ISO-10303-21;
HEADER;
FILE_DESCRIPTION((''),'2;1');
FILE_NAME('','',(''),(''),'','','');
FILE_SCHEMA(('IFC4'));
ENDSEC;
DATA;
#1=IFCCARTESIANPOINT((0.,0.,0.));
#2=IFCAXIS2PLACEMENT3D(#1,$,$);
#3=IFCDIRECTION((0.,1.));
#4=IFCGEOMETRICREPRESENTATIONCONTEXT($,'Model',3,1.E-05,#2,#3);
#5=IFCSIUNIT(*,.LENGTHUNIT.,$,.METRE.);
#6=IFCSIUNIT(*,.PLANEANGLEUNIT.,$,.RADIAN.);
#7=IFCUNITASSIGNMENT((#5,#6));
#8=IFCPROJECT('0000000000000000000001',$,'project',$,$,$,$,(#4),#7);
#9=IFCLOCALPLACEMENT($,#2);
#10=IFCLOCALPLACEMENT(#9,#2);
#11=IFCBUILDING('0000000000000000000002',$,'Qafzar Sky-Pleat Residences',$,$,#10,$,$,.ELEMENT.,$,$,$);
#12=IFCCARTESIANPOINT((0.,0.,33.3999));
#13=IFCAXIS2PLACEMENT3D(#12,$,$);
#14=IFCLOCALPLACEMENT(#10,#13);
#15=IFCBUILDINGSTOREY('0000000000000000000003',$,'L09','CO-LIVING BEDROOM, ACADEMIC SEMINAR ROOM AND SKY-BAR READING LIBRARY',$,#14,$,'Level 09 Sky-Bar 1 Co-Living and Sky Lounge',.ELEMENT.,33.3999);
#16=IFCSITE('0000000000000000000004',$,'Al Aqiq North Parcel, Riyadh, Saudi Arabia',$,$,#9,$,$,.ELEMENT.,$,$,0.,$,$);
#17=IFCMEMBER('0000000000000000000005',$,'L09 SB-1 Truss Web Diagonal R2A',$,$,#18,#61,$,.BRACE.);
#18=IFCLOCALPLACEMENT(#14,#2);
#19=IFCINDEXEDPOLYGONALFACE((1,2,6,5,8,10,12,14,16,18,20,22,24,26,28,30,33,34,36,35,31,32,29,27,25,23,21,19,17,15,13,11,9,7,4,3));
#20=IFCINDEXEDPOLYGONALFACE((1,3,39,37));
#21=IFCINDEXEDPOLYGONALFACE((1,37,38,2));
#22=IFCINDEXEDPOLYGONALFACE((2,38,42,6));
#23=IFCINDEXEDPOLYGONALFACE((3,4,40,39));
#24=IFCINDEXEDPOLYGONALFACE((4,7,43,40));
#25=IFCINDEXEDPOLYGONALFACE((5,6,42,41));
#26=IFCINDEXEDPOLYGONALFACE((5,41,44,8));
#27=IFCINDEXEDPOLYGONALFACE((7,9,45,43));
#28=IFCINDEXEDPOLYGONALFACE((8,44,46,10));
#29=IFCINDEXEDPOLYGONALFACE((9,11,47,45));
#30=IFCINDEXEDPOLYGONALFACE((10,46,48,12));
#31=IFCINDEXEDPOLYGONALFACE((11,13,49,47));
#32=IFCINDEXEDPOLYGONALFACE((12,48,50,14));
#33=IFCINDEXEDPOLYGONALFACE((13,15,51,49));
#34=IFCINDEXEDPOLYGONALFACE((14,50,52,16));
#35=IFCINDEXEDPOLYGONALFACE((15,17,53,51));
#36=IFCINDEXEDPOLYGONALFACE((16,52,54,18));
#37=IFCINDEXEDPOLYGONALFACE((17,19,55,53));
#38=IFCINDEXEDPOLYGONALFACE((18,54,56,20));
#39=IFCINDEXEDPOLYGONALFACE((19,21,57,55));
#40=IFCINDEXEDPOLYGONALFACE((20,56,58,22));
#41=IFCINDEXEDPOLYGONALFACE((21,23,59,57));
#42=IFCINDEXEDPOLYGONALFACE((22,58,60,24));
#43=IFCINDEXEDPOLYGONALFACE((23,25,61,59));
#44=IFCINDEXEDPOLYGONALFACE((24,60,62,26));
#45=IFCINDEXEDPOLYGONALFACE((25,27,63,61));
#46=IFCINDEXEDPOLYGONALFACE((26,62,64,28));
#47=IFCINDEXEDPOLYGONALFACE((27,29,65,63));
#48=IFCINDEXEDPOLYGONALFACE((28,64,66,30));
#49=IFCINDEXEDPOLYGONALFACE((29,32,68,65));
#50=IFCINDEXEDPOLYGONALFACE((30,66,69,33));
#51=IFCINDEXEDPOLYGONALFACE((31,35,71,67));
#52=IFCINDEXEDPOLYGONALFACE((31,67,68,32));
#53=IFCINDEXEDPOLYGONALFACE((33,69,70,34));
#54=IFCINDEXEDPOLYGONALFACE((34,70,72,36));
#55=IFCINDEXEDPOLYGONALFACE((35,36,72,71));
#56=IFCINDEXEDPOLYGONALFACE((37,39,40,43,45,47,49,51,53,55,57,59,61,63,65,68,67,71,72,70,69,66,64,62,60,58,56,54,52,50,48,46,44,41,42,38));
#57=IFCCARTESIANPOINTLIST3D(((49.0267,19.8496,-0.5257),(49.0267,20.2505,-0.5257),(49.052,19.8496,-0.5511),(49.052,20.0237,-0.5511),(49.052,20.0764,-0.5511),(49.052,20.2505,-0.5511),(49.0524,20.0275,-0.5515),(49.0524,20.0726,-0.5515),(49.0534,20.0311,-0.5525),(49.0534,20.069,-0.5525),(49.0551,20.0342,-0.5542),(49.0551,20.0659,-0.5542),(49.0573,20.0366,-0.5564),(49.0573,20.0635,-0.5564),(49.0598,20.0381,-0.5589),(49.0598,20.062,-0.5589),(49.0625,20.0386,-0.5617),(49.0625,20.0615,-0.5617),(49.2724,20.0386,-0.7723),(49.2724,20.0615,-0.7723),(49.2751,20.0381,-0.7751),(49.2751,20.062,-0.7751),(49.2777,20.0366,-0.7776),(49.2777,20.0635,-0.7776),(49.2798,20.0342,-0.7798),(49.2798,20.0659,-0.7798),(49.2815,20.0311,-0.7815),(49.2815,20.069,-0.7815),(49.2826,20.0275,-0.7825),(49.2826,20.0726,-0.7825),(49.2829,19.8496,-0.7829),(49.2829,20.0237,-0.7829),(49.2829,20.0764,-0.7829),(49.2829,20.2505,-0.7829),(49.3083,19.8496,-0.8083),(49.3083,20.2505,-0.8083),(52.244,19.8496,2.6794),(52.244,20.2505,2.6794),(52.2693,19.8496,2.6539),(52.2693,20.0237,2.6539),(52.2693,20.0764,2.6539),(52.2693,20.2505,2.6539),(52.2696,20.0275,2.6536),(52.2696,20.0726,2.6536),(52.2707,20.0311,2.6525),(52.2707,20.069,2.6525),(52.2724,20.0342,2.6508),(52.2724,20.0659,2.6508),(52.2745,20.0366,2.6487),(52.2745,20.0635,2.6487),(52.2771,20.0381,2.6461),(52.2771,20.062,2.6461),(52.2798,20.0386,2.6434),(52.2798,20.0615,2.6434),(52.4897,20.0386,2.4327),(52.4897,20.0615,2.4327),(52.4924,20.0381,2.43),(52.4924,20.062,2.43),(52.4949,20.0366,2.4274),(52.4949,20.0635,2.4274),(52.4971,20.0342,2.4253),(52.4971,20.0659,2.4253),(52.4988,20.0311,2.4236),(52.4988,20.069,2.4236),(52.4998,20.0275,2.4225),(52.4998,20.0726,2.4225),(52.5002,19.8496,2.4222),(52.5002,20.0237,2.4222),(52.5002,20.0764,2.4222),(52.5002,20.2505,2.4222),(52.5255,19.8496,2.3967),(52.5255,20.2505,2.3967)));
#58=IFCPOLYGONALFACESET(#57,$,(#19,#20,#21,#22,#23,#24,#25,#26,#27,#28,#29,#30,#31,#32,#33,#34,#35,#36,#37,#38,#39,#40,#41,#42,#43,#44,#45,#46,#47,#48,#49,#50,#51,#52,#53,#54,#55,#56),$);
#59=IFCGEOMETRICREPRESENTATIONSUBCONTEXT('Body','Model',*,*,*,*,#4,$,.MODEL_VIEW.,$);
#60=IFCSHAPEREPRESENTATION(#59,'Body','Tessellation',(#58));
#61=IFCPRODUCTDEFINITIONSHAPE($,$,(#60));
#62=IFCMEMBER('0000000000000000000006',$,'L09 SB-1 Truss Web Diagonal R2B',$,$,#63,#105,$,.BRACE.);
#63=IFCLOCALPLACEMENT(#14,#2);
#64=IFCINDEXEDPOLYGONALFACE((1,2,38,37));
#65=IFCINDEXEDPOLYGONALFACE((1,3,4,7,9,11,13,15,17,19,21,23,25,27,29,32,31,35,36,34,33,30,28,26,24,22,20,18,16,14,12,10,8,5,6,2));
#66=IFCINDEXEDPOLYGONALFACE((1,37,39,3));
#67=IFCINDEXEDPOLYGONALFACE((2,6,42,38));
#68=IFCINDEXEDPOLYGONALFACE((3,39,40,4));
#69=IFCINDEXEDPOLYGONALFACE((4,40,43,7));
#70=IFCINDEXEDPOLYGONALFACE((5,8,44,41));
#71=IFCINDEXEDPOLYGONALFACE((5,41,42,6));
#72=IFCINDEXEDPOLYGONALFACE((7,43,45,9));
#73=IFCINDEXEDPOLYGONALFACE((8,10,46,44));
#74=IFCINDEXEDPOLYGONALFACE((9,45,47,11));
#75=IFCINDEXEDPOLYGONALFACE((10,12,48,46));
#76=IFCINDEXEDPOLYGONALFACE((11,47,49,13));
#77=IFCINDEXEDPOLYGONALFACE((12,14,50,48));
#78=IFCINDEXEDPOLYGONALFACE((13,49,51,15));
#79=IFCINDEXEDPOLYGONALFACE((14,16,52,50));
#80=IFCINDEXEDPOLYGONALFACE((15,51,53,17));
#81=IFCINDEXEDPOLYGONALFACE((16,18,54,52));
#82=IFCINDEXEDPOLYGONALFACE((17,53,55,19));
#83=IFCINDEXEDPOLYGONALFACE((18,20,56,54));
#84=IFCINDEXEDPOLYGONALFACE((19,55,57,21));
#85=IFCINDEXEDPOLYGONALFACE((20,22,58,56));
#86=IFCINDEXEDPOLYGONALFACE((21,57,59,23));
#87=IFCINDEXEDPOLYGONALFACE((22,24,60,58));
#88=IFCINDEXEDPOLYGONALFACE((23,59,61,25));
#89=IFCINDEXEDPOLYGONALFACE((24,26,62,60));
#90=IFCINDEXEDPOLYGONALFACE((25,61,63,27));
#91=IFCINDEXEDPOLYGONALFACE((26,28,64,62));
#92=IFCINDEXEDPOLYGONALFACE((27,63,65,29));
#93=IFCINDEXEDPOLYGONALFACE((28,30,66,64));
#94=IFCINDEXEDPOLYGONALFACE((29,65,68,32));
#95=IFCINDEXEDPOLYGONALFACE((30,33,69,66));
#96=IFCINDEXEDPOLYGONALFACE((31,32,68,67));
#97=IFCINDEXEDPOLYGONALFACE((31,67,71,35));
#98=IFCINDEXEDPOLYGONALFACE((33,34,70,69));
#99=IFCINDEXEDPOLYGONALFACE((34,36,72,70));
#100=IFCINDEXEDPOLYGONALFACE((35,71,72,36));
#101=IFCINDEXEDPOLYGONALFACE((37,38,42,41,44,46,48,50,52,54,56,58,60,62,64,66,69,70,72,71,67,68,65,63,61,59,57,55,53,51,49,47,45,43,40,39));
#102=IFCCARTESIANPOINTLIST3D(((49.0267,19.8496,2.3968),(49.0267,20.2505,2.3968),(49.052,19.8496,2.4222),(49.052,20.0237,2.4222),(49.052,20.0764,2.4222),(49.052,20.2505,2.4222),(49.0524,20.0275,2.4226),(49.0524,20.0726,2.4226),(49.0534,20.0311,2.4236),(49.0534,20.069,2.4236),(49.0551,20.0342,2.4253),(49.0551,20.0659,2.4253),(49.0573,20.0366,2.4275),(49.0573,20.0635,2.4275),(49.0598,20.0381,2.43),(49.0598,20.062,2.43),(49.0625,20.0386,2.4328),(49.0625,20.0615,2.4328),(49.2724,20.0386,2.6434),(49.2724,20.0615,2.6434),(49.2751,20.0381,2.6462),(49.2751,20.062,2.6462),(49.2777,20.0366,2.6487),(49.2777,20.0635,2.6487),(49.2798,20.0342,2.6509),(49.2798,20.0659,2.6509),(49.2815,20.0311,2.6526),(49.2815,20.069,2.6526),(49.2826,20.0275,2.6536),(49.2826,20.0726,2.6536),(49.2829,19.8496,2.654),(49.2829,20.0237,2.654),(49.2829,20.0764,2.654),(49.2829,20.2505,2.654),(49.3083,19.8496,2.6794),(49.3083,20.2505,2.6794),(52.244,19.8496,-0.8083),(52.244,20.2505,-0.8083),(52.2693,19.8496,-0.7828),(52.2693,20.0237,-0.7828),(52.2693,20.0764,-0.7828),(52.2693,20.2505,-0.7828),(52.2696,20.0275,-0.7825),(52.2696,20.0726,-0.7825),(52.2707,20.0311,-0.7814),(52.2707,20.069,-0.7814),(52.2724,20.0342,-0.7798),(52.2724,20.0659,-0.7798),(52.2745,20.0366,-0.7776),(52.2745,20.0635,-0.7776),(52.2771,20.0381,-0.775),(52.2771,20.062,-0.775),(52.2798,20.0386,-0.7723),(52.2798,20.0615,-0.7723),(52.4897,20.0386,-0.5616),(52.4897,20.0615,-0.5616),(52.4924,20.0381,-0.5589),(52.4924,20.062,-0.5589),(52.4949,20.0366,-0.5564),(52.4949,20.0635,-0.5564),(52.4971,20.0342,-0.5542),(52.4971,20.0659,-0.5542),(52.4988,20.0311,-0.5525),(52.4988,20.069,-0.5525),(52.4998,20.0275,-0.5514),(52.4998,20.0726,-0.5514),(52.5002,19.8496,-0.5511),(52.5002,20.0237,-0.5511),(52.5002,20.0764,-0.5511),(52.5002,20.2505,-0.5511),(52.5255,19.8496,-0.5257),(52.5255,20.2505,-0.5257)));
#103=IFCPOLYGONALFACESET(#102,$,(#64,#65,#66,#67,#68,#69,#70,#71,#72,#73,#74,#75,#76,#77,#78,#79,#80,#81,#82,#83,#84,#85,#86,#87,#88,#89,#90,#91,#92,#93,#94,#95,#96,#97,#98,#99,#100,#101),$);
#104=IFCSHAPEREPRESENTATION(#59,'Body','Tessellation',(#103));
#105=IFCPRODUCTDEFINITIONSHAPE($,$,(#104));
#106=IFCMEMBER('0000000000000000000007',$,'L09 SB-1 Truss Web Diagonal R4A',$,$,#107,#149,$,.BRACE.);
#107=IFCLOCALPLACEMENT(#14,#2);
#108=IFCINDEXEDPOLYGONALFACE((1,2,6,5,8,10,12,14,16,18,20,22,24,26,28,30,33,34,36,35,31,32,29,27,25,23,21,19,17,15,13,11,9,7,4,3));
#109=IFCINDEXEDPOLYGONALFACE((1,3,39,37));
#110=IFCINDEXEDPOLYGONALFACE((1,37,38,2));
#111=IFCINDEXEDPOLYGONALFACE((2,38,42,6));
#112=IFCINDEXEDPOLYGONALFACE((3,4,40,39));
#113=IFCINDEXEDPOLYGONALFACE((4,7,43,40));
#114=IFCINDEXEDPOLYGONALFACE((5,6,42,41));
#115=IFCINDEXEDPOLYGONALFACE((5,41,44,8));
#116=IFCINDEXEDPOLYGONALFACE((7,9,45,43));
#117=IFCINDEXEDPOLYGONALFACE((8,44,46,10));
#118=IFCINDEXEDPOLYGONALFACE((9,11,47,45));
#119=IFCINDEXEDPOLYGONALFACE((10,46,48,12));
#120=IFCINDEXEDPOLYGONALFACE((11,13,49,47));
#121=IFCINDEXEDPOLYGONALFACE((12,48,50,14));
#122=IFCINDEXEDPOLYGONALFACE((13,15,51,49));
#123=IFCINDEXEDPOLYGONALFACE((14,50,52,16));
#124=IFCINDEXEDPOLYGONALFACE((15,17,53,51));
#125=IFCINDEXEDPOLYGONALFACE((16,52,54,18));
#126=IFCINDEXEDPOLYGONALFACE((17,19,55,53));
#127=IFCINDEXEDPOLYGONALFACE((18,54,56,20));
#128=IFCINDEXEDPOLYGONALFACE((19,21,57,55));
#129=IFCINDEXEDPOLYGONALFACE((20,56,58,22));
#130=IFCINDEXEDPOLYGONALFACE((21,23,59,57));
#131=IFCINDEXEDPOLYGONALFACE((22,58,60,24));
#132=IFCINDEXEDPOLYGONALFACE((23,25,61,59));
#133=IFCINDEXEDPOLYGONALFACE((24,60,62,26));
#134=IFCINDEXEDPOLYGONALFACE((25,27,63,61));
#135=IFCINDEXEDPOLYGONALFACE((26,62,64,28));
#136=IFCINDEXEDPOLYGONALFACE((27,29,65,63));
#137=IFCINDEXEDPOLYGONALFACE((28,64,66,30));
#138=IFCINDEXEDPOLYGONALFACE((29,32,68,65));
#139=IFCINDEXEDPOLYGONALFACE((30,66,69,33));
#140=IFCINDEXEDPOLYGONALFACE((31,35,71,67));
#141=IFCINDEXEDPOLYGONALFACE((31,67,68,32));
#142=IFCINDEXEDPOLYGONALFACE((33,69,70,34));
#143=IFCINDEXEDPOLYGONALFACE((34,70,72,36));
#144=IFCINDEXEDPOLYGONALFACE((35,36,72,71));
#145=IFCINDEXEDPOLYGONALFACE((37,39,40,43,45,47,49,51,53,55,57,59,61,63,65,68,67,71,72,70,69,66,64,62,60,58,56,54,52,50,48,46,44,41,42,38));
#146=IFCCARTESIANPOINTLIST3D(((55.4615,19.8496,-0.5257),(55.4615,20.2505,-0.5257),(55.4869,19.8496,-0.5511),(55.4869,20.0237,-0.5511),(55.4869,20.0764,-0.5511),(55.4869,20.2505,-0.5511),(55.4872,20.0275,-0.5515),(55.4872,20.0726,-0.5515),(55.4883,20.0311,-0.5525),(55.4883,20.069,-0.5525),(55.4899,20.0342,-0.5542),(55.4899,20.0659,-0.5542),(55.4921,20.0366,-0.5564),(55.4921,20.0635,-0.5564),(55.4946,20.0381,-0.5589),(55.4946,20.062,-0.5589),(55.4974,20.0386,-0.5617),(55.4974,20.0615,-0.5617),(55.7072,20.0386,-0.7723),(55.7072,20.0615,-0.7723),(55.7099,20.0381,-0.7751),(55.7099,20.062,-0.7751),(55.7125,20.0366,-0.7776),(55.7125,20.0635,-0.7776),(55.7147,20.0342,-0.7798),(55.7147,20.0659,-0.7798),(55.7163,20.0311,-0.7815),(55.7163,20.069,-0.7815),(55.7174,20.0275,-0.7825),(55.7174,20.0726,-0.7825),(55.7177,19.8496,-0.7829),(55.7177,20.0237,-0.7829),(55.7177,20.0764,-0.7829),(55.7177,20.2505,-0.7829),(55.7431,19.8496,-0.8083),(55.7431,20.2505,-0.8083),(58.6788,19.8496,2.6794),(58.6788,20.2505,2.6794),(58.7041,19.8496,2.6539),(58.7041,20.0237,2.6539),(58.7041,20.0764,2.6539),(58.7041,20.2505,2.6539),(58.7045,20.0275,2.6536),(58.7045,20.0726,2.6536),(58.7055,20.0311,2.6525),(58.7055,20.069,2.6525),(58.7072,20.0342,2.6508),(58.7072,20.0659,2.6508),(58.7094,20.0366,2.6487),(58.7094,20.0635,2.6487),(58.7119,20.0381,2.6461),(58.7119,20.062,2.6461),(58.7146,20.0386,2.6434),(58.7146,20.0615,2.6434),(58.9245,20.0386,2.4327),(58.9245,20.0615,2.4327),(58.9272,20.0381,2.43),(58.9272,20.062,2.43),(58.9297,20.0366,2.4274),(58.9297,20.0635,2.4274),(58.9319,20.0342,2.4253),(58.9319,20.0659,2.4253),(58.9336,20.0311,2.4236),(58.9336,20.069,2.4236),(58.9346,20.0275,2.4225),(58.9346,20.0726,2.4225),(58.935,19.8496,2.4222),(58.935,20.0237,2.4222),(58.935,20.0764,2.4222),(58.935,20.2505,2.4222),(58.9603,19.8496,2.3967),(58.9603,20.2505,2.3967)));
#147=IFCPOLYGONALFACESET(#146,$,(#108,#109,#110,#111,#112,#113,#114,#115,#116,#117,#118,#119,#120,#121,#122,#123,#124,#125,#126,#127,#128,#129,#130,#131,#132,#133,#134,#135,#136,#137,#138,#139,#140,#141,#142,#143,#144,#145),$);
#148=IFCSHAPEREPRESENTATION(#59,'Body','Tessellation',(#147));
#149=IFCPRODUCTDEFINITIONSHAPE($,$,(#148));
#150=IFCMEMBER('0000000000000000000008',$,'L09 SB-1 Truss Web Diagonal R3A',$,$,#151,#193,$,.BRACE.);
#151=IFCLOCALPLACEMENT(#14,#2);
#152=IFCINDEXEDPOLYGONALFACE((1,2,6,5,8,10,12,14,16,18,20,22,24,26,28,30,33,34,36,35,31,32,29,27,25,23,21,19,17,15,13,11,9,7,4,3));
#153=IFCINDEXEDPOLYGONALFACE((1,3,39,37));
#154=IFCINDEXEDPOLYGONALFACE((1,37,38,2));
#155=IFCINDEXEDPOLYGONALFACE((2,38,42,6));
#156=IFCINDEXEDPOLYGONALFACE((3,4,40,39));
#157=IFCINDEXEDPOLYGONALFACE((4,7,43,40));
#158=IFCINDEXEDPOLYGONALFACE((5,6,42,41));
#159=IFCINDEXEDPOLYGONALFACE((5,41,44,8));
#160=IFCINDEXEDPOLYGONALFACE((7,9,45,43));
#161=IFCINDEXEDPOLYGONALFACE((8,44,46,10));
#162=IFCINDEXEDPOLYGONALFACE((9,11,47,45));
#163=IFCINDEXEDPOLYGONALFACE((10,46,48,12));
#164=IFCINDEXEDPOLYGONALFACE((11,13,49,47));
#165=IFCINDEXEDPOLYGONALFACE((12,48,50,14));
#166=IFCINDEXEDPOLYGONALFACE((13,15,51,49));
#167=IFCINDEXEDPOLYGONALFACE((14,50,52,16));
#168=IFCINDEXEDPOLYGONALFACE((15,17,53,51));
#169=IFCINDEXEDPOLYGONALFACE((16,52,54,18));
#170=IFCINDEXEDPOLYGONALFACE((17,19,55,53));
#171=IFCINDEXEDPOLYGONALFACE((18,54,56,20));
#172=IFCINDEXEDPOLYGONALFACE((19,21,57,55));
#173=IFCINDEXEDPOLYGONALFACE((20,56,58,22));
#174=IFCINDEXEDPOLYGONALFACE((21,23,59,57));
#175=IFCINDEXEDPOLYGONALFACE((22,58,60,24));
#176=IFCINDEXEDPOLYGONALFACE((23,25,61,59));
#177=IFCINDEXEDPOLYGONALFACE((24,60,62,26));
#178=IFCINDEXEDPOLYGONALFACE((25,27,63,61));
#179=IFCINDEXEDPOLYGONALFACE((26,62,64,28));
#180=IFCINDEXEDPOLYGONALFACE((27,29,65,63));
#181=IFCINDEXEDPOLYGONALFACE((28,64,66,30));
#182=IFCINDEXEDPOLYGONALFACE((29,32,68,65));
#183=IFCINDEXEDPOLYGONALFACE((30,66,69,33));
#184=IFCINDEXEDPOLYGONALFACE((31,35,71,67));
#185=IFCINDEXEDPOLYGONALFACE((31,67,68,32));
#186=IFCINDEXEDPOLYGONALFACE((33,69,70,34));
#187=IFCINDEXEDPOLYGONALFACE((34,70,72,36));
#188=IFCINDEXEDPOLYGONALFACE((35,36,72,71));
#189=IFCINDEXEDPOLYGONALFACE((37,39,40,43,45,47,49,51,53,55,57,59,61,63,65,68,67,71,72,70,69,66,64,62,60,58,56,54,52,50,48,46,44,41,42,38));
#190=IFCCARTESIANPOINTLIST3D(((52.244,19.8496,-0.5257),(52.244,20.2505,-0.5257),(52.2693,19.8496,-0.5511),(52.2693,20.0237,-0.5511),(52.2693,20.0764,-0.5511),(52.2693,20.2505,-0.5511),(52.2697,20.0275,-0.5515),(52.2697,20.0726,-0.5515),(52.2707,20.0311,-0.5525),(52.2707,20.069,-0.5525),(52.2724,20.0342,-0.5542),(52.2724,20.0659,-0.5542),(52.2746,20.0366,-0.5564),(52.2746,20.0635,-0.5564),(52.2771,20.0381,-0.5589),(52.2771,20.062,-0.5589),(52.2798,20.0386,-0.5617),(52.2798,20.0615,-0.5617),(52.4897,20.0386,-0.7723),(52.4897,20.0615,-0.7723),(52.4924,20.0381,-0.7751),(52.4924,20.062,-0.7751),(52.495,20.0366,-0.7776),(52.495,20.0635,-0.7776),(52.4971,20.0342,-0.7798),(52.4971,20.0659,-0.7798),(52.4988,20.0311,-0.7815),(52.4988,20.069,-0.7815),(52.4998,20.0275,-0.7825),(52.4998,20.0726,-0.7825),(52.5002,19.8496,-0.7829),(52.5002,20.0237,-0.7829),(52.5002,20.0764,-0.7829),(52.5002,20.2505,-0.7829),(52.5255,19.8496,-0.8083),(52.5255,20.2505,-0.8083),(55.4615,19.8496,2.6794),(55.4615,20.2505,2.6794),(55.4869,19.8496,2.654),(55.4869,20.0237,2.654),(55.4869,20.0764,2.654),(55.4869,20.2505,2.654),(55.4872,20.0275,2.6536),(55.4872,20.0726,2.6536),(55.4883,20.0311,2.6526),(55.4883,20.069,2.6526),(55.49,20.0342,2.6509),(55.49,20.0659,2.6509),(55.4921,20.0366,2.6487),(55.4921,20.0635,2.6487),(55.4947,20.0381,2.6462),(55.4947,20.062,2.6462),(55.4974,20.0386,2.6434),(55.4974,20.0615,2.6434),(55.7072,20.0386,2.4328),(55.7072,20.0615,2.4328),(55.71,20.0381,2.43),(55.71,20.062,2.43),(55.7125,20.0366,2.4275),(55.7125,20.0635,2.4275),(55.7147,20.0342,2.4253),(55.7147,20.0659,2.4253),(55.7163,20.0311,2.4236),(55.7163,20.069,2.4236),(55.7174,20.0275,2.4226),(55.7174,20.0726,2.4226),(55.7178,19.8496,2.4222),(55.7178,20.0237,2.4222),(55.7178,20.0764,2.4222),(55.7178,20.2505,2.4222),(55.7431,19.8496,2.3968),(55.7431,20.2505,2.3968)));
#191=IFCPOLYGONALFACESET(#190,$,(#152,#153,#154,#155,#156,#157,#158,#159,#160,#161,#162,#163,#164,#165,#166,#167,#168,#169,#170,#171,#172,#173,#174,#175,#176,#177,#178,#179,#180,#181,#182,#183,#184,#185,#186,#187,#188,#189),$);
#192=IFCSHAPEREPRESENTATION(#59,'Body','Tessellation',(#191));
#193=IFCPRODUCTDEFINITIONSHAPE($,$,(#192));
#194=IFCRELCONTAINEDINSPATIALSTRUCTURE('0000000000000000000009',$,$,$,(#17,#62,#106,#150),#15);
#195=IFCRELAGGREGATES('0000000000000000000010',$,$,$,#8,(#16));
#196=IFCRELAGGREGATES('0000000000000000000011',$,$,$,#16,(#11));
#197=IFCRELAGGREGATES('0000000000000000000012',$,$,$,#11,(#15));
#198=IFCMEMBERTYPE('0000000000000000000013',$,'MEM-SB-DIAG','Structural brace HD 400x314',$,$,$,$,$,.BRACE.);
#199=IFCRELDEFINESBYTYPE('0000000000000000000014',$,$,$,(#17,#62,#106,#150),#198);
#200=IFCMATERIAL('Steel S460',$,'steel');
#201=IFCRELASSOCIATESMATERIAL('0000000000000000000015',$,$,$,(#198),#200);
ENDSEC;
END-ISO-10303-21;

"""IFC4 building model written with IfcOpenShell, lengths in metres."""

from ifc_helpers import new_model, si_unit, direction, frame, origin, origin_2d, place, context, subcontext, project, spatial, i_section, extrude, source, transform, mapped, material, material_profile, profile_set, type_object, element, save


model = new_model("IFC4")

# Units and contexts
model_context = context("Model", 3, precision=1e-05, world=origin(), true_north=direction((0.0, 1.0)))
body_context = subcontext(model_context, "Body", "Model", "MODEL_VIEW")
ifc_project = project(units=[si_unit("LENGTHUNIT", "METRE"), si_unit("PLANEANGLEUNIT", "RADIAN")], contexts=[model_context])

# Site, building, storey
site_placement = place(None, origin())
site = spatial("IfcSite", under=ifc_project, at=site_placement, Name="Al Aqiq North Parcel, Riyadh, Saudi Arabia", CompositionType="ELEMENT", RefElevation=0.0)
building_placement = place(site_placement, origin())
building = spatial("IfcBuilding", under=site, at=building_placement, Name="Qafzar Sky-Pleat Residences", CompositionType="ELEMENT")
storey_placement = place(building_placement, frame((0.0, 0.0, 33.3999)))
storey = spatial("IfcBuildingStorey", under=building, at=storey_placement, Name="L09", Description="CO-LIVING BEDROOM, ACADEMIC SEMINAR ROOM AND SKY-BAR READING LIBRARY", LongName="Level 09 Sky-Bar 1 Co-Living and Sky Lounge", CompositionType="ELEMENT", Elevation=33.3999)

# Shared definitions
ifc_material_1 = material(Name="Steel S460", Category="steel")

# Members
ifc_material_profile_1 = material_profile(ifc_material_1, i_section(OverallWidth=0.4009, OverallDepth=0.3989, WebThickness=0.0229, FlangeThickness=0.0359, FilletRadius=0.0149, at=origin_2d()), Name="HD 400x314")
ifc_profile_set_1 = profile_set([ifc_material_profile_1], Name="Steel S460")
member_type = type_object("IfcMemberType", Name="MEM-SB-DIAG", Description="Structural brace HD 400x314", PredefinedType="BRACE", material=ifc_profile_set_1)
shared_shape_1 = source(origin(), body_context, "Body", "SweptSolid", [
    extrude(i_section(OverallWidth=0.4009, OverallDepth=0.3989, WebThickness=0.0229, FlangeThickness=0.0359, FilletRadius=0.0149, at=origin_2d()), origin(), (0.0, 0.0, 1.0), 4.5413),
])
for number, where, z_axis, x_axis, name in (
    (1, (49.1675, 20.05, -0.667), (0.70845, 0.0, 0.705762), (0.0, 1.0, 0.0), "L09 SB-1 Truss Web Diagonal R2A"),
    (2, (49.1675, 20.05, 2.5381), (0.70845, 0.0, -0.705762), (0.0, 1.0, 0.0), "L09 SB-1 Truss Web Diagonal R2B"),
    (3, (55.6023, 20.05, -0.667), (0.70845, 0.0, 0.705762), (0.0, 1.0, 0.0), "L09 SB-1 Truss Web Diagonal R4A"),
):
    element("IfcMember", number, at=place(storey_placement, frame(where, z_axis=z_axis, x_axis=x_axis)), inside=storey, type_object=member_type, Name=name, PredefinedType="BRACE", context=body_context, shape_type="MappedRepresentation", body=[
        mapped(shared_shape_1, transform((0.0, 0.0, 0.0), x_axis=(1.0, 0.0, 0.0), y_axis=(0.0, 1.0, 0.0), z_axis=(0.0, 0.0, 1.0), scale=1.0)),
    ])
shared_shape_2 = source(origin(), body_context, "Body", "SweptSolid", [
    extrude(i_section(OverallWidth=0.4009, OverallDepth=0.3989, WebThickness=0.0229, FlangeThickness=0.0359, FilletRadius=0.0149, at=origin_2d()), origin(), (0.0, 0.0, 1.0), 4.5415),
])
for number, where, z_axis, x_axis, name in (
    (4, (52.3848, 20.05, -0.667), (0.708476, 0.0, 0.705735), (0.0, 1.0, 0.0), "L09 SB-1 Truss Web Diagonal R3A"),
):
    element("IfcMember", number, at=place(storey_placement, frame(where, z_axis=z_axis, x_axis=x_axis)), inside=storey, type_object=member_type, Name=name, PredefinedType="BRACE", context=body_context, shape_type="MappedRepresentation", body=[
        mapped(shared_shape_2, transform((0.0, 0.0, 0.0), x_axis=(1.0, 0.0, 0.0), y_axis=(0.0, 1.0, 0.0), z_axis=(0.0, 0.0, 1.0), scale=1.0)),
    ])

save(model, "model.ifc")
